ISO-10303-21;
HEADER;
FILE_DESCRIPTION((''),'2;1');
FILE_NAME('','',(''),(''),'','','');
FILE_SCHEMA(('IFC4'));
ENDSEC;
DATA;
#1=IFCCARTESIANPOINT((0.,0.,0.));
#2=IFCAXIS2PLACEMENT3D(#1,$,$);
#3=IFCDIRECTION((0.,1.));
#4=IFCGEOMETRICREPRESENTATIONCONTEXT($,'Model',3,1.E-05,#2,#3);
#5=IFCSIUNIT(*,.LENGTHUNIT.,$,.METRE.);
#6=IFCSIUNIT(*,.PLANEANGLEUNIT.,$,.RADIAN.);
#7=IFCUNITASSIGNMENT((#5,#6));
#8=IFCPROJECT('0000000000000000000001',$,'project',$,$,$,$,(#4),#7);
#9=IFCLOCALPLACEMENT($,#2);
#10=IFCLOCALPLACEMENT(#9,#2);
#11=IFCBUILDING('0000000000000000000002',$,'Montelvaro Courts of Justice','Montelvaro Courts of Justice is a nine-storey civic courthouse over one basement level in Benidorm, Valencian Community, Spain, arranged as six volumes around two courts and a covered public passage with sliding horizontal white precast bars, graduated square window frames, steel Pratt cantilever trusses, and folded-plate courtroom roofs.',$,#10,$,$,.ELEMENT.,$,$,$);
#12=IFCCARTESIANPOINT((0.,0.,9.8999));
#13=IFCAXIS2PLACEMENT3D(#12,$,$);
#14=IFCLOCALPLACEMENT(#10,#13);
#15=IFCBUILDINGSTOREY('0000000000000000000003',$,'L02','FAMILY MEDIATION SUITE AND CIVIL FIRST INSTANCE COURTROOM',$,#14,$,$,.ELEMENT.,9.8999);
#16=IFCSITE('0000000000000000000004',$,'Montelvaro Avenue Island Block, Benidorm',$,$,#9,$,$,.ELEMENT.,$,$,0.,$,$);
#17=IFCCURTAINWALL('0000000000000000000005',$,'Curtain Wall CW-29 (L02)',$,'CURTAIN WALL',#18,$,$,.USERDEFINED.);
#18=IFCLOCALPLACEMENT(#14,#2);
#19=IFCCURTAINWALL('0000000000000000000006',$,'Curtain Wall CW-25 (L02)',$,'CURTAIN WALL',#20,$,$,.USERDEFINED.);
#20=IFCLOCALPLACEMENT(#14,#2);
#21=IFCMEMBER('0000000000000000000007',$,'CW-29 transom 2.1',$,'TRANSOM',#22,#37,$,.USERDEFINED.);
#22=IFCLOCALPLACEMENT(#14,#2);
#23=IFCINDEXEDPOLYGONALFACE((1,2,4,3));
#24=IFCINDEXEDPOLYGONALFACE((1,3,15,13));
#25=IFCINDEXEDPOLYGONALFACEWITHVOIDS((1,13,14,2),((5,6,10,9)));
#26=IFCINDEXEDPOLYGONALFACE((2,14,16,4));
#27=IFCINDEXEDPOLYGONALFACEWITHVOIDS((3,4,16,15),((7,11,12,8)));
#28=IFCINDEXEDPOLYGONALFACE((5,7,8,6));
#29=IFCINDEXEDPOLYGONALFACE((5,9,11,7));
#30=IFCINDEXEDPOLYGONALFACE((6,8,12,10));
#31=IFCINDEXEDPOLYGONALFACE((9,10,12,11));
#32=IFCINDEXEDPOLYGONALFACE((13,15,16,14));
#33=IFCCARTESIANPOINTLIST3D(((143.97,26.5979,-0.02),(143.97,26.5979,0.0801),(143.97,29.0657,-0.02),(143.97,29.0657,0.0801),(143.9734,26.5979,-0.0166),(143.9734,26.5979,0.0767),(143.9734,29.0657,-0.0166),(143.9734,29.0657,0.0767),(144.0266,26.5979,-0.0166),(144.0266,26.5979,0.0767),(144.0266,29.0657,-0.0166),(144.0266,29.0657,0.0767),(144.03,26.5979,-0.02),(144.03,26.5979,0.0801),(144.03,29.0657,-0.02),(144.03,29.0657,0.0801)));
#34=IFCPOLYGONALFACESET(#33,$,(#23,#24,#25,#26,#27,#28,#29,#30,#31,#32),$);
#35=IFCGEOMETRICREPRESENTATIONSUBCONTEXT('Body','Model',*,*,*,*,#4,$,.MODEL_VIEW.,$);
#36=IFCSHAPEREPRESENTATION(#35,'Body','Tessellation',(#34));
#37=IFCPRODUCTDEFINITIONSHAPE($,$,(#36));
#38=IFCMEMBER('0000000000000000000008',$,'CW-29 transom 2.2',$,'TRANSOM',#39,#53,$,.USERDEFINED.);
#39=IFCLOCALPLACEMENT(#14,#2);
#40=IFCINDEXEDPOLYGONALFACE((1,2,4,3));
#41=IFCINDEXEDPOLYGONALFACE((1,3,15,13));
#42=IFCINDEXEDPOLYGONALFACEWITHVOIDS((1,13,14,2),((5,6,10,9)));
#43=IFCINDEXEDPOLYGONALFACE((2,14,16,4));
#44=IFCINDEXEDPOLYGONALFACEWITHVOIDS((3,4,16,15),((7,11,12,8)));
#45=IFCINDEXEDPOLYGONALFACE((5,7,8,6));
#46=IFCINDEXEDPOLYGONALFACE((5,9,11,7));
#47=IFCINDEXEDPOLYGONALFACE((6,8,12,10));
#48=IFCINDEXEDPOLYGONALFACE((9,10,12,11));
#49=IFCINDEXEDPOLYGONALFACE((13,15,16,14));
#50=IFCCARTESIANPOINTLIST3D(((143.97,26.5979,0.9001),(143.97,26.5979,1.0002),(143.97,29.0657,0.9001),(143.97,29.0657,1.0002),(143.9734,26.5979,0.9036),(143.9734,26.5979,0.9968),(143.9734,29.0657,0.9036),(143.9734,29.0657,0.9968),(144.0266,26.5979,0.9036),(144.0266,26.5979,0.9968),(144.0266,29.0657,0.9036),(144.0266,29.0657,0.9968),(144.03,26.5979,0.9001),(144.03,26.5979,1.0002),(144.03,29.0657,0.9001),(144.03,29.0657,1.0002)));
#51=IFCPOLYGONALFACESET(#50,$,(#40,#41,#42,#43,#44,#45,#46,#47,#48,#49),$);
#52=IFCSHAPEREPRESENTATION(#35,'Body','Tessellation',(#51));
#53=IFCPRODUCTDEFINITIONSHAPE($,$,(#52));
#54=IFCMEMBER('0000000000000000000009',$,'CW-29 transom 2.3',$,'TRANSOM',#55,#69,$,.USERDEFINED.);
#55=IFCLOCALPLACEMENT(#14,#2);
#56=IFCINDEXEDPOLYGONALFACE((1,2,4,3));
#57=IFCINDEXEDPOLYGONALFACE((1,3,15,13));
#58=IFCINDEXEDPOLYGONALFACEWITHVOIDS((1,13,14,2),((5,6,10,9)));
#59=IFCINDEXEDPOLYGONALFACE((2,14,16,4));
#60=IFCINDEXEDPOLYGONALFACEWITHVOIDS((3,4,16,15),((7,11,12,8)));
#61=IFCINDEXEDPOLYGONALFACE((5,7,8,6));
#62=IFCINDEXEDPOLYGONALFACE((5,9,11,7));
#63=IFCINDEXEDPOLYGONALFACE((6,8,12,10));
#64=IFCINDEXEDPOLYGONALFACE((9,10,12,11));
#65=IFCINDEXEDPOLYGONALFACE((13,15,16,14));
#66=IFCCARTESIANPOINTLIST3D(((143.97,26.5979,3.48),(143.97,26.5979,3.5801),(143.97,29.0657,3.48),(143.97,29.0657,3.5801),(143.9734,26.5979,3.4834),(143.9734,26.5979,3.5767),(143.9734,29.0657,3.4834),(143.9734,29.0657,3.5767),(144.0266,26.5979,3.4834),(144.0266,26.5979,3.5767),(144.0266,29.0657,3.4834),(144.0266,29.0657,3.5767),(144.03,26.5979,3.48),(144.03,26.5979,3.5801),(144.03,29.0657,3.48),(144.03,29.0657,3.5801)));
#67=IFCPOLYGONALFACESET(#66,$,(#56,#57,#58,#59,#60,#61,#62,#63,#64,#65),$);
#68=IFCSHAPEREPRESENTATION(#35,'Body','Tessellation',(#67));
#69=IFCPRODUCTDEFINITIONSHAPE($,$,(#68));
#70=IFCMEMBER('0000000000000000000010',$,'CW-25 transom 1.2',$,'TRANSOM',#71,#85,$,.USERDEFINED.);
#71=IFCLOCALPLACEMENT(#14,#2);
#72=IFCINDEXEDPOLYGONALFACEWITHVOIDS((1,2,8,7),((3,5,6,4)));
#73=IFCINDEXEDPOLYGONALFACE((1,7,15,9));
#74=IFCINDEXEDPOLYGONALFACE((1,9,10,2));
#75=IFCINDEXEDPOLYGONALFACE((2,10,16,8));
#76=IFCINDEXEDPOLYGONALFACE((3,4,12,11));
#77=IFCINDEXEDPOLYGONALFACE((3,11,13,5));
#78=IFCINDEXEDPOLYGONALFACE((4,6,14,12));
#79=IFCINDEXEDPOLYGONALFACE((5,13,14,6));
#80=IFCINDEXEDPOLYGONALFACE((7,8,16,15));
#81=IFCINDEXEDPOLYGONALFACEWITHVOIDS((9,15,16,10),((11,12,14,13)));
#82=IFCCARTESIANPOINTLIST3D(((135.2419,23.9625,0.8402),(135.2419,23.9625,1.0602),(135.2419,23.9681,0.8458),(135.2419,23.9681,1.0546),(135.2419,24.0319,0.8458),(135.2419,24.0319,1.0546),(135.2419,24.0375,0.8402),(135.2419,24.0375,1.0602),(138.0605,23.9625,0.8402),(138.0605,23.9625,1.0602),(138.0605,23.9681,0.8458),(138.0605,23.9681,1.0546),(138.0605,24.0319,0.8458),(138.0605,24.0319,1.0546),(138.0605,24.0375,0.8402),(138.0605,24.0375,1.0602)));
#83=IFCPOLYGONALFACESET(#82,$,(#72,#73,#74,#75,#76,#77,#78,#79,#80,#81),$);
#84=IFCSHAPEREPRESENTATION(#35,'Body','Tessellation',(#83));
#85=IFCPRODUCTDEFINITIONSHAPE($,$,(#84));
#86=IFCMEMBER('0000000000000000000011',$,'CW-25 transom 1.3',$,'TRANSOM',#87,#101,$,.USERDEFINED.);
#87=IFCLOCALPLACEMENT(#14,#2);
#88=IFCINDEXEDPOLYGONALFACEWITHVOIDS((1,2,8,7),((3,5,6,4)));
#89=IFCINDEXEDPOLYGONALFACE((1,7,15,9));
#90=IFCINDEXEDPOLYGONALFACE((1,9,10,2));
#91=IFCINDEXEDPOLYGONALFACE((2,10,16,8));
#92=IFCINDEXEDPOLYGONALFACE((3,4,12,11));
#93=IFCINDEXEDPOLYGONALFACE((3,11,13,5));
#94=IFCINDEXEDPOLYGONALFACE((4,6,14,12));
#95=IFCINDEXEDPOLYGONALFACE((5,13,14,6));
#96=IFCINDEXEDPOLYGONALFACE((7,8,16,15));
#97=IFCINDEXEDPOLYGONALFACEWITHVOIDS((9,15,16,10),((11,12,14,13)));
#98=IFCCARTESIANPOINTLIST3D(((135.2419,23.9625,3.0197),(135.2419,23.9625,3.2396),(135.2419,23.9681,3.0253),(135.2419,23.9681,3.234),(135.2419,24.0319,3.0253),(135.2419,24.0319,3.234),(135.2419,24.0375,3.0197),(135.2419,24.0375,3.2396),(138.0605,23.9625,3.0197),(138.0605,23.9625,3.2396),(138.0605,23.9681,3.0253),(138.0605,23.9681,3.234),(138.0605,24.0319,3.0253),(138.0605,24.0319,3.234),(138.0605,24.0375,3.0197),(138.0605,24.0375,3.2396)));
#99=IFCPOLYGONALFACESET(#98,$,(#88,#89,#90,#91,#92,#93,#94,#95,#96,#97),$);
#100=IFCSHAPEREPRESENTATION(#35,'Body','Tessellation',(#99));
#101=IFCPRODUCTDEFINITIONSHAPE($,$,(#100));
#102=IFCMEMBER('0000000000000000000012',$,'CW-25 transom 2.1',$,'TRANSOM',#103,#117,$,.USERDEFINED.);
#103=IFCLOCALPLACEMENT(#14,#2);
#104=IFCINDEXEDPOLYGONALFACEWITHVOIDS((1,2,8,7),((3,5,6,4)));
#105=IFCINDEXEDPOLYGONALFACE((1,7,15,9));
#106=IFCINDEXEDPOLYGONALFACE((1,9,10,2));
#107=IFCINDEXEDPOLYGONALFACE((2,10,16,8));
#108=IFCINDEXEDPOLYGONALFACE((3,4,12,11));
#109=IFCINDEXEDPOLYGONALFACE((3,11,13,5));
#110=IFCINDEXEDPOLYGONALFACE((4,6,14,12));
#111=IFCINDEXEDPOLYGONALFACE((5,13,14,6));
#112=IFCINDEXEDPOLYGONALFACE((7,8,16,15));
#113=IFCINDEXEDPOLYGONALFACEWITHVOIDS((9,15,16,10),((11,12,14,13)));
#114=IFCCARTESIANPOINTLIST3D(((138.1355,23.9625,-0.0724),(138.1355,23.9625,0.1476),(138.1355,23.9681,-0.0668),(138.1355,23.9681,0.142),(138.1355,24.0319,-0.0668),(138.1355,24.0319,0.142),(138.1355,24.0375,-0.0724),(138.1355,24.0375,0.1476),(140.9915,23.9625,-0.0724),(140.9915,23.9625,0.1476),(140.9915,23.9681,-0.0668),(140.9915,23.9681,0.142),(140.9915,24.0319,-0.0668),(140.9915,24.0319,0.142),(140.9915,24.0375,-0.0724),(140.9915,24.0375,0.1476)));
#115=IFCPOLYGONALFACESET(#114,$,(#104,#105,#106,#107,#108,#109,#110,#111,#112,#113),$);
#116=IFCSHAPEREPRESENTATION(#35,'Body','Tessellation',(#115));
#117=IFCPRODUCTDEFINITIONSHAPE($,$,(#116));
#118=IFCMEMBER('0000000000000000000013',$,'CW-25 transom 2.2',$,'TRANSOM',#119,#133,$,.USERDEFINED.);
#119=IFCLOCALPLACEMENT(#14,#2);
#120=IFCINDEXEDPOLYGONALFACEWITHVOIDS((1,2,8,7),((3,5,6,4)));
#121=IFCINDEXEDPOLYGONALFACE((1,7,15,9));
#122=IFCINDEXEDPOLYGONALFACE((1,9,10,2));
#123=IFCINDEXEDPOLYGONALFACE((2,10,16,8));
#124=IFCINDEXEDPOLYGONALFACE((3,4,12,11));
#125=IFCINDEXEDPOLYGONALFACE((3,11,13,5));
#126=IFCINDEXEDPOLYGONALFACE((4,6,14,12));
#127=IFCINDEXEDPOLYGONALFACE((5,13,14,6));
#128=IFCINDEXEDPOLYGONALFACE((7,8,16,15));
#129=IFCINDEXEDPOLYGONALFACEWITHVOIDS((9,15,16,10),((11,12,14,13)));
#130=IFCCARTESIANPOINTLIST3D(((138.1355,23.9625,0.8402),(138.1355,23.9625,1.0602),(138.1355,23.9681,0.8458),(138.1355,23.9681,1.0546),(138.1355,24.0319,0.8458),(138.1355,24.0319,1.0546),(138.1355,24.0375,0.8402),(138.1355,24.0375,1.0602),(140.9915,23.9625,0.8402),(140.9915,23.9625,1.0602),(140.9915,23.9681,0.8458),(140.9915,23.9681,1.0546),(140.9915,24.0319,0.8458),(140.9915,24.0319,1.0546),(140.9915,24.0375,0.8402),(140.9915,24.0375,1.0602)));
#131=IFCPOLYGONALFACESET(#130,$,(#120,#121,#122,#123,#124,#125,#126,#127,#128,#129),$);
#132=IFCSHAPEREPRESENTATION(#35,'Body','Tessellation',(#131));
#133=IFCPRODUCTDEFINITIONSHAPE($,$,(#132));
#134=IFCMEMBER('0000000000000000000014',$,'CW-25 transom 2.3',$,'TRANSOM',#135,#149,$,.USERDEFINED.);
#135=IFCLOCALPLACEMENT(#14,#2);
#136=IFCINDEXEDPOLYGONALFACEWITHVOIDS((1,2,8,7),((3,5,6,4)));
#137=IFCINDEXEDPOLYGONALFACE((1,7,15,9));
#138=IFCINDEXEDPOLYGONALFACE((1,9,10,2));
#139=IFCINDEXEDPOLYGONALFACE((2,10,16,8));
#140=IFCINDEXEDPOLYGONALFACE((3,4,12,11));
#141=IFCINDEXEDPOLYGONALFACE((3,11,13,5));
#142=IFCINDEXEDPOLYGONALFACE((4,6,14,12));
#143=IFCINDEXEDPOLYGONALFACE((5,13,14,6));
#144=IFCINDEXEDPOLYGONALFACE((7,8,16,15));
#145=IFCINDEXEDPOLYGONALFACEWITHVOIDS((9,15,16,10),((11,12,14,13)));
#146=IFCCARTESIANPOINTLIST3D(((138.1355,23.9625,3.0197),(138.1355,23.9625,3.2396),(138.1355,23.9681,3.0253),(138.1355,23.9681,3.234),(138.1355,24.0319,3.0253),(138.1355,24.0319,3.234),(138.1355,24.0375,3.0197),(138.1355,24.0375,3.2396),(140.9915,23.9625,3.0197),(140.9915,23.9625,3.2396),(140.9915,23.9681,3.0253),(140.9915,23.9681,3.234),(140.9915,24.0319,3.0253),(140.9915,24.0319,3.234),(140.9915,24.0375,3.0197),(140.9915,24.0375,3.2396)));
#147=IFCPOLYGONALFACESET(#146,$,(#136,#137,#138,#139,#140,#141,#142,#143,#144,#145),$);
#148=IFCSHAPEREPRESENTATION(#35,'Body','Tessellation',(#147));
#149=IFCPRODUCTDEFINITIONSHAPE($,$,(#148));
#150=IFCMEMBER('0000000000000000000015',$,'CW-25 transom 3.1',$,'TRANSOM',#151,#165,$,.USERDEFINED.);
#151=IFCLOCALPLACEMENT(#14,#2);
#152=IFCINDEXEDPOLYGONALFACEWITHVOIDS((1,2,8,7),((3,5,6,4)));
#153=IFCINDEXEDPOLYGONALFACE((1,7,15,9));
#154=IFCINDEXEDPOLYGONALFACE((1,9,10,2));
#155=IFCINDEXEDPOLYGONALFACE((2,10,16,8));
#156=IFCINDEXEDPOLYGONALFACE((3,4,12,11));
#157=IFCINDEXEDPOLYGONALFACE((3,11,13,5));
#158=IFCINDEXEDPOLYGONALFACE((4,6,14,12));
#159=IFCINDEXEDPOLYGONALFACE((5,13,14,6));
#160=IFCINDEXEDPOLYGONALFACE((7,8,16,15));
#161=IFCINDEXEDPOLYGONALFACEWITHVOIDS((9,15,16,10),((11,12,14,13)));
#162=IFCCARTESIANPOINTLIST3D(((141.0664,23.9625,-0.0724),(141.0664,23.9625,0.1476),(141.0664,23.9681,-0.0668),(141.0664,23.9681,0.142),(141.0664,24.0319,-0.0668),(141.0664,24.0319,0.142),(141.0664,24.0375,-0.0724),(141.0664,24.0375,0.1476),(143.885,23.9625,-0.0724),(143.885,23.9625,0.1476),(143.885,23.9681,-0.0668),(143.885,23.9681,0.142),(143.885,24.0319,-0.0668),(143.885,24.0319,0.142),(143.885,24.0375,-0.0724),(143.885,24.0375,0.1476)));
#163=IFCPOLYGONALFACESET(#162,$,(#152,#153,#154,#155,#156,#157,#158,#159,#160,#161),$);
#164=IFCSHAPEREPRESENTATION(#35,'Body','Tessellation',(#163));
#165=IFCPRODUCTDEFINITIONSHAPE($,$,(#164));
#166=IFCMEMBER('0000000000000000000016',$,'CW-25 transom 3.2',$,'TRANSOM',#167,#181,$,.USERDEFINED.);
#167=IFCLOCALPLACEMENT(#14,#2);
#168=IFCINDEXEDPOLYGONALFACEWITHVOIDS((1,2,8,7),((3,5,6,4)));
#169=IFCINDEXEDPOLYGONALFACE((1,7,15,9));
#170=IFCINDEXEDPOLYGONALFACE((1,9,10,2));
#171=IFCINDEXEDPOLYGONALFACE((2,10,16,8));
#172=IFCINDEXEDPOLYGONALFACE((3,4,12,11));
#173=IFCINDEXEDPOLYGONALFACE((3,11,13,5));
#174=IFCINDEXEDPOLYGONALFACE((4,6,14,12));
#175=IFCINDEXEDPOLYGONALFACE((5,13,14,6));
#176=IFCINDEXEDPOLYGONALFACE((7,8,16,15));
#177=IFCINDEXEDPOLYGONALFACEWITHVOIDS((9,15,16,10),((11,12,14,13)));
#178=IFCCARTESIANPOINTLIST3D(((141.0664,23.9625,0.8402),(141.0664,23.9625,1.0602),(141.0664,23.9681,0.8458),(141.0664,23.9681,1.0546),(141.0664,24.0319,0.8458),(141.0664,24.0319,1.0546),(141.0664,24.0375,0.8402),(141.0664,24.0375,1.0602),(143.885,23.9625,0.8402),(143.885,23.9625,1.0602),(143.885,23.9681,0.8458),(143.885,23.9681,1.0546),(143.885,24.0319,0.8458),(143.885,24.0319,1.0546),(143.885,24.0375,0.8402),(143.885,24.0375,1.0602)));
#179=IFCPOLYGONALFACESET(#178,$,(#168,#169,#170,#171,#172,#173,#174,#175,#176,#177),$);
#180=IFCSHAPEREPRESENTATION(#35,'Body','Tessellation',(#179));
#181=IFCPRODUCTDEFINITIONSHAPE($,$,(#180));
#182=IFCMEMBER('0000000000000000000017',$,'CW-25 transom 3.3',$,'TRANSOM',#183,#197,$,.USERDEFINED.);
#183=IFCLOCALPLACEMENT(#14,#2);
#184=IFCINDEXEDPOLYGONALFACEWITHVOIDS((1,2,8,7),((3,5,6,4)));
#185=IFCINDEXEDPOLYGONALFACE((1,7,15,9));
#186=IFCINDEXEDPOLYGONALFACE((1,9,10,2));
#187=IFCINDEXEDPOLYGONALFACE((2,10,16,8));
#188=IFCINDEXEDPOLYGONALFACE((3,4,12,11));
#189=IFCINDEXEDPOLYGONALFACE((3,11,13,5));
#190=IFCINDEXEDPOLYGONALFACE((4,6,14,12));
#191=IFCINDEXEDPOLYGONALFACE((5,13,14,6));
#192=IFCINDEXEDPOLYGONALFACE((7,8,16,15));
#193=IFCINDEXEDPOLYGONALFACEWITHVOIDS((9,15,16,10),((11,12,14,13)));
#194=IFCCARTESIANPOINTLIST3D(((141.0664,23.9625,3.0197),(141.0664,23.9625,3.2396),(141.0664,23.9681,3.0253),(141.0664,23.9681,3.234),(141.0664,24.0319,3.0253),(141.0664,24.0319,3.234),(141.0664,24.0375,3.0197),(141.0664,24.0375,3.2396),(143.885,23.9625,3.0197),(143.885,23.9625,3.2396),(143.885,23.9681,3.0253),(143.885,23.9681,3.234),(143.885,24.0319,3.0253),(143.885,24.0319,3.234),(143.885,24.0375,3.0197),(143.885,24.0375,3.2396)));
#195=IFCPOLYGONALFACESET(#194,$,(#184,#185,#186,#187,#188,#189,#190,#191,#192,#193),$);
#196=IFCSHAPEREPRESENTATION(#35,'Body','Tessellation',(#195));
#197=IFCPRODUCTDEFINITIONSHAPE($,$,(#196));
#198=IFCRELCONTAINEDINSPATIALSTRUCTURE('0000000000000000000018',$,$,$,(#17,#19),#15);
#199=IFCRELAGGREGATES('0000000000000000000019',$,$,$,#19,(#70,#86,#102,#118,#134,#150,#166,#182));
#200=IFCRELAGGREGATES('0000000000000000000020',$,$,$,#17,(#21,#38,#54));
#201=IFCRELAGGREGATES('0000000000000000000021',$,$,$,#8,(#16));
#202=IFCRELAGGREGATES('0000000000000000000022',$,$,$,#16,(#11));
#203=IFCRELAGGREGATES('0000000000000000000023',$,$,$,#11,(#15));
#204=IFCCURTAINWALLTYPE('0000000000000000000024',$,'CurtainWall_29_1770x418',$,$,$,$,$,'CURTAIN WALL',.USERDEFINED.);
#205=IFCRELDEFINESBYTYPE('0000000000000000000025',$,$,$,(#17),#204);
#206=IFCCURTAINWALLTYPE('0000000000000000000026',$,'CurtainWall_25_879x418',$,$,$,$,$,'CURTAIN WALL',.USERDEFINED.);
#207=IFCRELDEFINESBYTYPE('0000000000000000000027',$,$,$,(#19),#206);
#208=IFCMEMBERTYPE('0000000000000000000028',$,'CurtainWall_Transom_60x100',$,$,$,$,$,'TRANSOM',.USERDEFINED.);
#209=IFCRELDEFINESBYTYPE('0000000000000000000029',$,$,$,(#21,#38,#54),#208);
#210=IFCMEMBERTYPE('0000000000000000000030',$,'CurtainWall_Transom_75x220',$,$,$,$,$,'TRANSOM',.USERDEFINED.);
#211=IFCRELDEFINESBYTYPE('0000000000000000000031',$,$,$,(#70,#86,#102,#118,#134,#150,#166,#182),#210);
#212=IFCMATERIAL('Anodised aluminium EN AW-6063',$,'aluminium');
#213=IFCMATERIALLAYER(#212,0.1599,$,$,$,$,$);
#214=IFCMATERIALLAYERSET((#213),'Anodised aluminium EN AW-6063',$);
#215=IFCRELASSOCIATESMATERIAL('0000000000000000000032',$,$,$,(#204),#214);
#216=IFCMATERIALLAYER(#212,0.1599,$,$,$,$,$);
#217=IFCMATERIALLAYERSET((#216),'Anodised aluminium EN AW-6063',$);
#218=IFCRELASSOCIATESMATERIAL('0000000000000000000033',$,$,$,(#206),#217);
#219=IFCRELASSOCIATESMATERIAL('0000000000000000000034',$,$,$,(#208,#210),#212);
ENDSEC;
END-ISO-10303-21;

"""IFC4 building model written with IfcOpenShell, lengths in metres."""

from ifc_helpers import new_model, si_unit, direction, frame, origin, origin_2d, place, context, subcontext, project, spatial, hollow_rectangle, extrude, material, layer, layer_set, material_profile, profile_set, type_object, element, aggregate, save


model = new_model("IFC4")

# Units and contexts
model_context = context("Model", 3, precision=1e-05, world=origin(), true_north=direction((0.0, 1.0)))
body_context = subcontext(model_context, "Body", "Model", "MODEL_VIEW")
ifc_project = project(units=[si_unit("LENGTHUNIT", "METRE"), si_unit("PLANEANGLEUNIT", "RADIAN")], contexts=[model_context])

# Site, building, storey
site_placement = place(None, origin())
site = spatial("IfcSite", under=ifc_project, at=site_placement, Name="Montelvaro Avenue Island Block, Benidorm", CompositionType="ELEMENT", RefElevation=0.0)
building_placement = place(site_placement, origin())
building = spatial("IfcBuilding", under=site, at=building_placement, Name="Montelvaro Courts of Justice", Description="Montelvaro Courts of Justice is a nine-storey civic courthouse over one basement level in Benidorm, Valencian Community, Spain, arranged as six volumes around two courts and a covered public passage with sliding horizontal white precast bars, graduated square window frames, steel Pratt cantilever trusses, and folded-plate courtroom roofs.", CompositionType="ELEMENT")
storey_placement = place(building_placement, frame((0.0, 0.0, 9.8999)))
storey = spatial("IfcBuildingStorey", under=building, at=storey_placement, Name="L02", Description="FAMILY MEDIATION SUITE AND CIVIL FIRST INSTANCE COURTROOM", CompositionType="ELEMENT", Elevation=9.8999)

# Curtain walls
ifc_material_1 = material(Name="Anodised aluminium EN AW-6063", Category="aluminium")
ifc_layer_1 = layer(ifc_material_1, 0.1599)
ifc_layer_set_1 = layer_set([ifc_layer_1], Name="Anodised aluminium EN AW-6063")
curtain_wall_type_1 = type_object("IfcCurtainWallType", Name="CurtainWall_29_1770x418", ElementType="CURTAIN WALL", PredefinedType="USERDEFINED", material=ifc_layer_set_1)
curtain_wall_1_placement = place(storey_placement, origin())
curtain_wall_1 = element("IfcCurtainWall", 1, at=curtain_wall_1_placement, inside=storey, type_object=curtain_wall_type_1, Name="Curtain Wall CW-29 (L02)", ObjectType="CURTAIN WALL", PredefinedType="USERDEFINED")
ifc_layer_2 = layer(ifc_material_1, 0.1599)
ifc_layer_set_2 = layer_set([ifc_layer_2], Name="Anodised aluminium EN AW-6063")
curtain_wall_type_2 = type_object("IfcCurtainWallType", Name="CurtainWall_25_879x418", ElementType="CURTAIN WALL", PredefinedType="USERDEFINED", material=ifc_layer_set_2)
curtain_wall_2_placement = place(storey_placement, origin())
curtain_wall_2 = element("IfcCurtainWall", 2, at=curtain_wall_2_placement, inside=storey, type_object=curtain_wall_type_2, Name="Curtain Wall CW-25 (L02)", ObjectType="CURTAIN WALL", PredefinedType="USERDEFINED")

# Members
ifc_material_profile_1 = material_profile(ifc_material_1, hollow_rectangle(XDim=0.0601, YDim=0.1001, WallThickness=0.0034, at=origin_2d()), Name="ALU-T 60x100")
ifc_profile_set_1 = profile_set([ifc_material_profile_1], Name="Anodised aluminium EN AW-6063")
member_type_1 = type_object("IfcMemberType", Name="CurtainWall_Transom_60x100", ElementType="TRANSOM", PredefinedType="USERDEFINED", material=ifc_profile_set_1)
member_1_placement = place(storey_placement, frame((144.0, 26.5979, 0.03), z_axis=(0.0, 1.0, 0.0), x_axis=(-1.0, 0.0, 0.0)))
member_1 = element("IfcMember", 3, at=member_1_placement, type_object=member_type_1, Name="CW-29 transom 2.1", ObjectType="TRANSOM", PredefinedType="USERDEFINED", context=body_context, shape_type="SweptSolid", body=[
    extrude(hollow_rectangle(XDim=0.0601, YDim=0.1001, WallThickness=0.0034, at=origin_2d()), origin(), (0.0, 0.0, 1.0), 2.4678),
])
member_2_placement = place(storey_placement, frame((144.0, 26.5979, 0.9502), z_axis=(0.0, 1.0, 0.0), x_axis=(-1.0, 0.0, 0.0)))
member_2 = element("IfcMember", 4, at=member_2_placement, type_object=member_type_1, Name="CW-29 transom 2.2", ObjectType="TRANSOM", PredefinedType="USERDEFINED", context=body_context, shape_type="SweptSolid", body=[
    extrude(hollow_rectangle(XDim=0.0601, YDim=0.1001, WallThickness=0.0034, at=origin_2d()), origin(), (0.0, 0.0, 1.0), 2.4678),
])
member_3_placement = place(storey_placement, frame((144.0, 26.5979, 3.53), z_axis=(0.0, 1.0, 0.0), x_axis=(-1.0, 0.0, 0.0)))
member_3 = element("IfcMember", 5, at=member_3_placement, type_object=member_type_1, Name="CW-29 transom 2.3", ObjectType="TRANSOM", PredefinedType="USERDEFINED", context=body_context, shape_type="SweptSolid", body=[
    extrude(hollow_rectangle(XDim=0.0601, YDim=0.1001, WallThickness=0.0034, at=origin_2d()), origin(), (0.0, 0.0, 1.0), 2.4678),
])
ifc_material_profile_2 = material_profile(ifc_material_1, hollow_rectangle(XDim=0.075, YDim=0.22, WallThickness=0.0056, at=origin_2d()), Name="ALU-T 75x220")
ifc_profile_set_2 = profile_set([ifc_material_profile_2], Name="Anodised aluminium EN AW-6063")
member_type_2 = type_object("IfcMemberType", Name="CurtainWall_Transom_75x220", ElementType="TRANSOM", PredefinedType="USERDEFINED", material=ifc_profile_set_2)
member_4_placement = place(storey_placement, frame((135.2419, 24.0, 0.9502), z_axis=(1.0, 0.0, 0.0), x_axis=(0.0, 1.0, 0.0)))
member_4 = element("IfcMember", 6, at=member_4_placement, type_object=member_type_2, Name="CW-25 transom 1.2", ObjectType="TRANSOM", PredefinedType="USERDEFINED", context=body_context, shape_type="SweptSolid", body=[
    extrude(hollow_rectangle(XDim=0.075, YDim=0.22, WallThickness=0.0056, at=origin_2d()), origin(), (0.0, 0.0, 1.0), 2.8186),
])
member_5_placement = place(storey_placement, frame((135.2419, 24.0, 3.1296), z_axis=(1.0, 0.0, 0.0), x_axis=(0.0, 1.0, 0.0)))
member_5 = element("IfcMember", 7, at=member_5_placement, type_object=member_type_2, Name="CW-25 transom 1.3", ObjectType="TRANSOM", PredefinedType="USERDEFINED", context=body_context, shape_type="SweptSolid", body=[
    extrude(hollow_rectangle(XDim=0.075, YDim=0.22, WallThickness=0.0056, at=origin_2d()), origin(), (0.0, 0.0, 1.0), 2.8186),
])
member_6_placement = place(storey_placement, frame((138.1355, 24.0, 0.0376), z_axis=(1.0, 0.0, 0.0), x_axis=(0.0, 1.0, 0.0)))
member_6 = element("IfcMember", 8, at=member_6_placement, type_object=member_type_2, Name="CW-25 transom 2.1", ObjectType="TRANSOM", PredefinedType="USERDEFINED", context=body_context, shape_type="SweptSolid", body=[
    extrude(hollow_rectangle(XDim=0.075, YDim=0.22, WallThickness=0.0056, at=origin_2d()), origin(), (0.0, 0.0, 1.0), 2.856),
])
member_7_placement = place(storey_placement, frame((138.1355, 24.0, 0.9502), z_axis=(1.0, 0.0, 0.0), x_axis=(0.0, 1.0, 0.0)))
member_7 = element("IfcMember", 9, at=member_7_placement, type_object=member_type_2, Name="CW-25 transom 2.2", ObjectType="TRANSOM", PredefinedType="USERDEFINED", context=body_context, shape_type="SweptSolid", body=[
    extrude(hollow_rectangle(XDim=0.075, YDim=0.22, WallThickness=0.0056, at=origin_2d()), origin(), (0.0, 0.0, 1.0), 2.856),
])
member_8_placement = place(storey_placement, frame((138.1355, 24.0, 3.1296), z_axis=(1.0, 0.0, 0.0), x_axis=(0.0, 1.0, 0.0)))
member_8 = element("IfcMember", 10, at=member_8_placement, type_object=member_type_2, Name="CW-25 transom 2.3", ObjectType="TRANSOM", PredefinedType="USERDEFINED", context=body_context, shape_type="SweptSolid", body=[
    extrude(hollow_rectangle(XDim=0.075, YDim=0.22, WallThickness=0.0056, at=origin_2d()), origin(), (0.0, 0.0, 1.0), 2.856),
])
member_9_placement = place(storey_placement, frame((141.0664, 24.0, 0.0376), z_axis=(1.0, 0.0, 0.0), x_axis=(0.0, 1.0, 0.0)))
member_9 = element("IfcMember", 11, at=member_9_placement, type_object=member_type_2, Name="CW-25 transom 3.1", ObjectType="TRANSOM", PredefinedType="USERDEFINED", context=body_context, shape_type="SweptSolid", body=[
    extrude(hollow_rectangle(XDim=0.075, YDim=0.22, WallThickness=0.0056, at=origin_2d()), origin(), (0.0, 0.0, 1.0), 2.8186),
])
member_10_placement = place(storey_placement, frame((141.0664, 24.0, 0.9502), z_axis=(1.0, 0.0, 0.0), x_axis=(0.0, 1.0, 0.0)))
member_10 = element("IfcMember", 12, at=member_10_placement, type_object=member_type_2, Name="CW-25 transom 3.2", ObjectType="TRANSOM", PredefinedType="USERDEFINED", context=body_context, shape_type="SweptSolid", body=[
    extrude(hollow_rectangle(XDim=0.075, YDim=0.22, WallThickness=0.0056, at=origin_2d()), origin(), (0.0, 0.0, 1.0), 2.8186),
])
member_11_placement = place(storey_placement, frame((141.0664, 24.0, 3.1296), z_axis=(1.0, 0.0, 0.0), x_axis=(0.0, 1.0, 0.0)))
member_11 = element("IfcMember", 13, at=member_11_placement, type_object=member_type_2, Name="CW-25 transom 3.3", ObjectType="TRANSOM", PredefinedType="USERDEFINED", context=body_context, shape_type="SweptSolid", body=[
    extrude(hollow_rectangle(XDim=0.075, YDim=0.22, WallThickness=0.0056, at=origin_2d()), origin(), (0.0, 0.0, 1.0), 2.8186),
])

aggregate(curtain_wall_2, [member_4, member_5, member_6, member_7, member_8, member_9, member_10, member_11])
aggregate(curtain_wall_1, [member_1, member_2, member_3])

save(model, "model.ifc")
